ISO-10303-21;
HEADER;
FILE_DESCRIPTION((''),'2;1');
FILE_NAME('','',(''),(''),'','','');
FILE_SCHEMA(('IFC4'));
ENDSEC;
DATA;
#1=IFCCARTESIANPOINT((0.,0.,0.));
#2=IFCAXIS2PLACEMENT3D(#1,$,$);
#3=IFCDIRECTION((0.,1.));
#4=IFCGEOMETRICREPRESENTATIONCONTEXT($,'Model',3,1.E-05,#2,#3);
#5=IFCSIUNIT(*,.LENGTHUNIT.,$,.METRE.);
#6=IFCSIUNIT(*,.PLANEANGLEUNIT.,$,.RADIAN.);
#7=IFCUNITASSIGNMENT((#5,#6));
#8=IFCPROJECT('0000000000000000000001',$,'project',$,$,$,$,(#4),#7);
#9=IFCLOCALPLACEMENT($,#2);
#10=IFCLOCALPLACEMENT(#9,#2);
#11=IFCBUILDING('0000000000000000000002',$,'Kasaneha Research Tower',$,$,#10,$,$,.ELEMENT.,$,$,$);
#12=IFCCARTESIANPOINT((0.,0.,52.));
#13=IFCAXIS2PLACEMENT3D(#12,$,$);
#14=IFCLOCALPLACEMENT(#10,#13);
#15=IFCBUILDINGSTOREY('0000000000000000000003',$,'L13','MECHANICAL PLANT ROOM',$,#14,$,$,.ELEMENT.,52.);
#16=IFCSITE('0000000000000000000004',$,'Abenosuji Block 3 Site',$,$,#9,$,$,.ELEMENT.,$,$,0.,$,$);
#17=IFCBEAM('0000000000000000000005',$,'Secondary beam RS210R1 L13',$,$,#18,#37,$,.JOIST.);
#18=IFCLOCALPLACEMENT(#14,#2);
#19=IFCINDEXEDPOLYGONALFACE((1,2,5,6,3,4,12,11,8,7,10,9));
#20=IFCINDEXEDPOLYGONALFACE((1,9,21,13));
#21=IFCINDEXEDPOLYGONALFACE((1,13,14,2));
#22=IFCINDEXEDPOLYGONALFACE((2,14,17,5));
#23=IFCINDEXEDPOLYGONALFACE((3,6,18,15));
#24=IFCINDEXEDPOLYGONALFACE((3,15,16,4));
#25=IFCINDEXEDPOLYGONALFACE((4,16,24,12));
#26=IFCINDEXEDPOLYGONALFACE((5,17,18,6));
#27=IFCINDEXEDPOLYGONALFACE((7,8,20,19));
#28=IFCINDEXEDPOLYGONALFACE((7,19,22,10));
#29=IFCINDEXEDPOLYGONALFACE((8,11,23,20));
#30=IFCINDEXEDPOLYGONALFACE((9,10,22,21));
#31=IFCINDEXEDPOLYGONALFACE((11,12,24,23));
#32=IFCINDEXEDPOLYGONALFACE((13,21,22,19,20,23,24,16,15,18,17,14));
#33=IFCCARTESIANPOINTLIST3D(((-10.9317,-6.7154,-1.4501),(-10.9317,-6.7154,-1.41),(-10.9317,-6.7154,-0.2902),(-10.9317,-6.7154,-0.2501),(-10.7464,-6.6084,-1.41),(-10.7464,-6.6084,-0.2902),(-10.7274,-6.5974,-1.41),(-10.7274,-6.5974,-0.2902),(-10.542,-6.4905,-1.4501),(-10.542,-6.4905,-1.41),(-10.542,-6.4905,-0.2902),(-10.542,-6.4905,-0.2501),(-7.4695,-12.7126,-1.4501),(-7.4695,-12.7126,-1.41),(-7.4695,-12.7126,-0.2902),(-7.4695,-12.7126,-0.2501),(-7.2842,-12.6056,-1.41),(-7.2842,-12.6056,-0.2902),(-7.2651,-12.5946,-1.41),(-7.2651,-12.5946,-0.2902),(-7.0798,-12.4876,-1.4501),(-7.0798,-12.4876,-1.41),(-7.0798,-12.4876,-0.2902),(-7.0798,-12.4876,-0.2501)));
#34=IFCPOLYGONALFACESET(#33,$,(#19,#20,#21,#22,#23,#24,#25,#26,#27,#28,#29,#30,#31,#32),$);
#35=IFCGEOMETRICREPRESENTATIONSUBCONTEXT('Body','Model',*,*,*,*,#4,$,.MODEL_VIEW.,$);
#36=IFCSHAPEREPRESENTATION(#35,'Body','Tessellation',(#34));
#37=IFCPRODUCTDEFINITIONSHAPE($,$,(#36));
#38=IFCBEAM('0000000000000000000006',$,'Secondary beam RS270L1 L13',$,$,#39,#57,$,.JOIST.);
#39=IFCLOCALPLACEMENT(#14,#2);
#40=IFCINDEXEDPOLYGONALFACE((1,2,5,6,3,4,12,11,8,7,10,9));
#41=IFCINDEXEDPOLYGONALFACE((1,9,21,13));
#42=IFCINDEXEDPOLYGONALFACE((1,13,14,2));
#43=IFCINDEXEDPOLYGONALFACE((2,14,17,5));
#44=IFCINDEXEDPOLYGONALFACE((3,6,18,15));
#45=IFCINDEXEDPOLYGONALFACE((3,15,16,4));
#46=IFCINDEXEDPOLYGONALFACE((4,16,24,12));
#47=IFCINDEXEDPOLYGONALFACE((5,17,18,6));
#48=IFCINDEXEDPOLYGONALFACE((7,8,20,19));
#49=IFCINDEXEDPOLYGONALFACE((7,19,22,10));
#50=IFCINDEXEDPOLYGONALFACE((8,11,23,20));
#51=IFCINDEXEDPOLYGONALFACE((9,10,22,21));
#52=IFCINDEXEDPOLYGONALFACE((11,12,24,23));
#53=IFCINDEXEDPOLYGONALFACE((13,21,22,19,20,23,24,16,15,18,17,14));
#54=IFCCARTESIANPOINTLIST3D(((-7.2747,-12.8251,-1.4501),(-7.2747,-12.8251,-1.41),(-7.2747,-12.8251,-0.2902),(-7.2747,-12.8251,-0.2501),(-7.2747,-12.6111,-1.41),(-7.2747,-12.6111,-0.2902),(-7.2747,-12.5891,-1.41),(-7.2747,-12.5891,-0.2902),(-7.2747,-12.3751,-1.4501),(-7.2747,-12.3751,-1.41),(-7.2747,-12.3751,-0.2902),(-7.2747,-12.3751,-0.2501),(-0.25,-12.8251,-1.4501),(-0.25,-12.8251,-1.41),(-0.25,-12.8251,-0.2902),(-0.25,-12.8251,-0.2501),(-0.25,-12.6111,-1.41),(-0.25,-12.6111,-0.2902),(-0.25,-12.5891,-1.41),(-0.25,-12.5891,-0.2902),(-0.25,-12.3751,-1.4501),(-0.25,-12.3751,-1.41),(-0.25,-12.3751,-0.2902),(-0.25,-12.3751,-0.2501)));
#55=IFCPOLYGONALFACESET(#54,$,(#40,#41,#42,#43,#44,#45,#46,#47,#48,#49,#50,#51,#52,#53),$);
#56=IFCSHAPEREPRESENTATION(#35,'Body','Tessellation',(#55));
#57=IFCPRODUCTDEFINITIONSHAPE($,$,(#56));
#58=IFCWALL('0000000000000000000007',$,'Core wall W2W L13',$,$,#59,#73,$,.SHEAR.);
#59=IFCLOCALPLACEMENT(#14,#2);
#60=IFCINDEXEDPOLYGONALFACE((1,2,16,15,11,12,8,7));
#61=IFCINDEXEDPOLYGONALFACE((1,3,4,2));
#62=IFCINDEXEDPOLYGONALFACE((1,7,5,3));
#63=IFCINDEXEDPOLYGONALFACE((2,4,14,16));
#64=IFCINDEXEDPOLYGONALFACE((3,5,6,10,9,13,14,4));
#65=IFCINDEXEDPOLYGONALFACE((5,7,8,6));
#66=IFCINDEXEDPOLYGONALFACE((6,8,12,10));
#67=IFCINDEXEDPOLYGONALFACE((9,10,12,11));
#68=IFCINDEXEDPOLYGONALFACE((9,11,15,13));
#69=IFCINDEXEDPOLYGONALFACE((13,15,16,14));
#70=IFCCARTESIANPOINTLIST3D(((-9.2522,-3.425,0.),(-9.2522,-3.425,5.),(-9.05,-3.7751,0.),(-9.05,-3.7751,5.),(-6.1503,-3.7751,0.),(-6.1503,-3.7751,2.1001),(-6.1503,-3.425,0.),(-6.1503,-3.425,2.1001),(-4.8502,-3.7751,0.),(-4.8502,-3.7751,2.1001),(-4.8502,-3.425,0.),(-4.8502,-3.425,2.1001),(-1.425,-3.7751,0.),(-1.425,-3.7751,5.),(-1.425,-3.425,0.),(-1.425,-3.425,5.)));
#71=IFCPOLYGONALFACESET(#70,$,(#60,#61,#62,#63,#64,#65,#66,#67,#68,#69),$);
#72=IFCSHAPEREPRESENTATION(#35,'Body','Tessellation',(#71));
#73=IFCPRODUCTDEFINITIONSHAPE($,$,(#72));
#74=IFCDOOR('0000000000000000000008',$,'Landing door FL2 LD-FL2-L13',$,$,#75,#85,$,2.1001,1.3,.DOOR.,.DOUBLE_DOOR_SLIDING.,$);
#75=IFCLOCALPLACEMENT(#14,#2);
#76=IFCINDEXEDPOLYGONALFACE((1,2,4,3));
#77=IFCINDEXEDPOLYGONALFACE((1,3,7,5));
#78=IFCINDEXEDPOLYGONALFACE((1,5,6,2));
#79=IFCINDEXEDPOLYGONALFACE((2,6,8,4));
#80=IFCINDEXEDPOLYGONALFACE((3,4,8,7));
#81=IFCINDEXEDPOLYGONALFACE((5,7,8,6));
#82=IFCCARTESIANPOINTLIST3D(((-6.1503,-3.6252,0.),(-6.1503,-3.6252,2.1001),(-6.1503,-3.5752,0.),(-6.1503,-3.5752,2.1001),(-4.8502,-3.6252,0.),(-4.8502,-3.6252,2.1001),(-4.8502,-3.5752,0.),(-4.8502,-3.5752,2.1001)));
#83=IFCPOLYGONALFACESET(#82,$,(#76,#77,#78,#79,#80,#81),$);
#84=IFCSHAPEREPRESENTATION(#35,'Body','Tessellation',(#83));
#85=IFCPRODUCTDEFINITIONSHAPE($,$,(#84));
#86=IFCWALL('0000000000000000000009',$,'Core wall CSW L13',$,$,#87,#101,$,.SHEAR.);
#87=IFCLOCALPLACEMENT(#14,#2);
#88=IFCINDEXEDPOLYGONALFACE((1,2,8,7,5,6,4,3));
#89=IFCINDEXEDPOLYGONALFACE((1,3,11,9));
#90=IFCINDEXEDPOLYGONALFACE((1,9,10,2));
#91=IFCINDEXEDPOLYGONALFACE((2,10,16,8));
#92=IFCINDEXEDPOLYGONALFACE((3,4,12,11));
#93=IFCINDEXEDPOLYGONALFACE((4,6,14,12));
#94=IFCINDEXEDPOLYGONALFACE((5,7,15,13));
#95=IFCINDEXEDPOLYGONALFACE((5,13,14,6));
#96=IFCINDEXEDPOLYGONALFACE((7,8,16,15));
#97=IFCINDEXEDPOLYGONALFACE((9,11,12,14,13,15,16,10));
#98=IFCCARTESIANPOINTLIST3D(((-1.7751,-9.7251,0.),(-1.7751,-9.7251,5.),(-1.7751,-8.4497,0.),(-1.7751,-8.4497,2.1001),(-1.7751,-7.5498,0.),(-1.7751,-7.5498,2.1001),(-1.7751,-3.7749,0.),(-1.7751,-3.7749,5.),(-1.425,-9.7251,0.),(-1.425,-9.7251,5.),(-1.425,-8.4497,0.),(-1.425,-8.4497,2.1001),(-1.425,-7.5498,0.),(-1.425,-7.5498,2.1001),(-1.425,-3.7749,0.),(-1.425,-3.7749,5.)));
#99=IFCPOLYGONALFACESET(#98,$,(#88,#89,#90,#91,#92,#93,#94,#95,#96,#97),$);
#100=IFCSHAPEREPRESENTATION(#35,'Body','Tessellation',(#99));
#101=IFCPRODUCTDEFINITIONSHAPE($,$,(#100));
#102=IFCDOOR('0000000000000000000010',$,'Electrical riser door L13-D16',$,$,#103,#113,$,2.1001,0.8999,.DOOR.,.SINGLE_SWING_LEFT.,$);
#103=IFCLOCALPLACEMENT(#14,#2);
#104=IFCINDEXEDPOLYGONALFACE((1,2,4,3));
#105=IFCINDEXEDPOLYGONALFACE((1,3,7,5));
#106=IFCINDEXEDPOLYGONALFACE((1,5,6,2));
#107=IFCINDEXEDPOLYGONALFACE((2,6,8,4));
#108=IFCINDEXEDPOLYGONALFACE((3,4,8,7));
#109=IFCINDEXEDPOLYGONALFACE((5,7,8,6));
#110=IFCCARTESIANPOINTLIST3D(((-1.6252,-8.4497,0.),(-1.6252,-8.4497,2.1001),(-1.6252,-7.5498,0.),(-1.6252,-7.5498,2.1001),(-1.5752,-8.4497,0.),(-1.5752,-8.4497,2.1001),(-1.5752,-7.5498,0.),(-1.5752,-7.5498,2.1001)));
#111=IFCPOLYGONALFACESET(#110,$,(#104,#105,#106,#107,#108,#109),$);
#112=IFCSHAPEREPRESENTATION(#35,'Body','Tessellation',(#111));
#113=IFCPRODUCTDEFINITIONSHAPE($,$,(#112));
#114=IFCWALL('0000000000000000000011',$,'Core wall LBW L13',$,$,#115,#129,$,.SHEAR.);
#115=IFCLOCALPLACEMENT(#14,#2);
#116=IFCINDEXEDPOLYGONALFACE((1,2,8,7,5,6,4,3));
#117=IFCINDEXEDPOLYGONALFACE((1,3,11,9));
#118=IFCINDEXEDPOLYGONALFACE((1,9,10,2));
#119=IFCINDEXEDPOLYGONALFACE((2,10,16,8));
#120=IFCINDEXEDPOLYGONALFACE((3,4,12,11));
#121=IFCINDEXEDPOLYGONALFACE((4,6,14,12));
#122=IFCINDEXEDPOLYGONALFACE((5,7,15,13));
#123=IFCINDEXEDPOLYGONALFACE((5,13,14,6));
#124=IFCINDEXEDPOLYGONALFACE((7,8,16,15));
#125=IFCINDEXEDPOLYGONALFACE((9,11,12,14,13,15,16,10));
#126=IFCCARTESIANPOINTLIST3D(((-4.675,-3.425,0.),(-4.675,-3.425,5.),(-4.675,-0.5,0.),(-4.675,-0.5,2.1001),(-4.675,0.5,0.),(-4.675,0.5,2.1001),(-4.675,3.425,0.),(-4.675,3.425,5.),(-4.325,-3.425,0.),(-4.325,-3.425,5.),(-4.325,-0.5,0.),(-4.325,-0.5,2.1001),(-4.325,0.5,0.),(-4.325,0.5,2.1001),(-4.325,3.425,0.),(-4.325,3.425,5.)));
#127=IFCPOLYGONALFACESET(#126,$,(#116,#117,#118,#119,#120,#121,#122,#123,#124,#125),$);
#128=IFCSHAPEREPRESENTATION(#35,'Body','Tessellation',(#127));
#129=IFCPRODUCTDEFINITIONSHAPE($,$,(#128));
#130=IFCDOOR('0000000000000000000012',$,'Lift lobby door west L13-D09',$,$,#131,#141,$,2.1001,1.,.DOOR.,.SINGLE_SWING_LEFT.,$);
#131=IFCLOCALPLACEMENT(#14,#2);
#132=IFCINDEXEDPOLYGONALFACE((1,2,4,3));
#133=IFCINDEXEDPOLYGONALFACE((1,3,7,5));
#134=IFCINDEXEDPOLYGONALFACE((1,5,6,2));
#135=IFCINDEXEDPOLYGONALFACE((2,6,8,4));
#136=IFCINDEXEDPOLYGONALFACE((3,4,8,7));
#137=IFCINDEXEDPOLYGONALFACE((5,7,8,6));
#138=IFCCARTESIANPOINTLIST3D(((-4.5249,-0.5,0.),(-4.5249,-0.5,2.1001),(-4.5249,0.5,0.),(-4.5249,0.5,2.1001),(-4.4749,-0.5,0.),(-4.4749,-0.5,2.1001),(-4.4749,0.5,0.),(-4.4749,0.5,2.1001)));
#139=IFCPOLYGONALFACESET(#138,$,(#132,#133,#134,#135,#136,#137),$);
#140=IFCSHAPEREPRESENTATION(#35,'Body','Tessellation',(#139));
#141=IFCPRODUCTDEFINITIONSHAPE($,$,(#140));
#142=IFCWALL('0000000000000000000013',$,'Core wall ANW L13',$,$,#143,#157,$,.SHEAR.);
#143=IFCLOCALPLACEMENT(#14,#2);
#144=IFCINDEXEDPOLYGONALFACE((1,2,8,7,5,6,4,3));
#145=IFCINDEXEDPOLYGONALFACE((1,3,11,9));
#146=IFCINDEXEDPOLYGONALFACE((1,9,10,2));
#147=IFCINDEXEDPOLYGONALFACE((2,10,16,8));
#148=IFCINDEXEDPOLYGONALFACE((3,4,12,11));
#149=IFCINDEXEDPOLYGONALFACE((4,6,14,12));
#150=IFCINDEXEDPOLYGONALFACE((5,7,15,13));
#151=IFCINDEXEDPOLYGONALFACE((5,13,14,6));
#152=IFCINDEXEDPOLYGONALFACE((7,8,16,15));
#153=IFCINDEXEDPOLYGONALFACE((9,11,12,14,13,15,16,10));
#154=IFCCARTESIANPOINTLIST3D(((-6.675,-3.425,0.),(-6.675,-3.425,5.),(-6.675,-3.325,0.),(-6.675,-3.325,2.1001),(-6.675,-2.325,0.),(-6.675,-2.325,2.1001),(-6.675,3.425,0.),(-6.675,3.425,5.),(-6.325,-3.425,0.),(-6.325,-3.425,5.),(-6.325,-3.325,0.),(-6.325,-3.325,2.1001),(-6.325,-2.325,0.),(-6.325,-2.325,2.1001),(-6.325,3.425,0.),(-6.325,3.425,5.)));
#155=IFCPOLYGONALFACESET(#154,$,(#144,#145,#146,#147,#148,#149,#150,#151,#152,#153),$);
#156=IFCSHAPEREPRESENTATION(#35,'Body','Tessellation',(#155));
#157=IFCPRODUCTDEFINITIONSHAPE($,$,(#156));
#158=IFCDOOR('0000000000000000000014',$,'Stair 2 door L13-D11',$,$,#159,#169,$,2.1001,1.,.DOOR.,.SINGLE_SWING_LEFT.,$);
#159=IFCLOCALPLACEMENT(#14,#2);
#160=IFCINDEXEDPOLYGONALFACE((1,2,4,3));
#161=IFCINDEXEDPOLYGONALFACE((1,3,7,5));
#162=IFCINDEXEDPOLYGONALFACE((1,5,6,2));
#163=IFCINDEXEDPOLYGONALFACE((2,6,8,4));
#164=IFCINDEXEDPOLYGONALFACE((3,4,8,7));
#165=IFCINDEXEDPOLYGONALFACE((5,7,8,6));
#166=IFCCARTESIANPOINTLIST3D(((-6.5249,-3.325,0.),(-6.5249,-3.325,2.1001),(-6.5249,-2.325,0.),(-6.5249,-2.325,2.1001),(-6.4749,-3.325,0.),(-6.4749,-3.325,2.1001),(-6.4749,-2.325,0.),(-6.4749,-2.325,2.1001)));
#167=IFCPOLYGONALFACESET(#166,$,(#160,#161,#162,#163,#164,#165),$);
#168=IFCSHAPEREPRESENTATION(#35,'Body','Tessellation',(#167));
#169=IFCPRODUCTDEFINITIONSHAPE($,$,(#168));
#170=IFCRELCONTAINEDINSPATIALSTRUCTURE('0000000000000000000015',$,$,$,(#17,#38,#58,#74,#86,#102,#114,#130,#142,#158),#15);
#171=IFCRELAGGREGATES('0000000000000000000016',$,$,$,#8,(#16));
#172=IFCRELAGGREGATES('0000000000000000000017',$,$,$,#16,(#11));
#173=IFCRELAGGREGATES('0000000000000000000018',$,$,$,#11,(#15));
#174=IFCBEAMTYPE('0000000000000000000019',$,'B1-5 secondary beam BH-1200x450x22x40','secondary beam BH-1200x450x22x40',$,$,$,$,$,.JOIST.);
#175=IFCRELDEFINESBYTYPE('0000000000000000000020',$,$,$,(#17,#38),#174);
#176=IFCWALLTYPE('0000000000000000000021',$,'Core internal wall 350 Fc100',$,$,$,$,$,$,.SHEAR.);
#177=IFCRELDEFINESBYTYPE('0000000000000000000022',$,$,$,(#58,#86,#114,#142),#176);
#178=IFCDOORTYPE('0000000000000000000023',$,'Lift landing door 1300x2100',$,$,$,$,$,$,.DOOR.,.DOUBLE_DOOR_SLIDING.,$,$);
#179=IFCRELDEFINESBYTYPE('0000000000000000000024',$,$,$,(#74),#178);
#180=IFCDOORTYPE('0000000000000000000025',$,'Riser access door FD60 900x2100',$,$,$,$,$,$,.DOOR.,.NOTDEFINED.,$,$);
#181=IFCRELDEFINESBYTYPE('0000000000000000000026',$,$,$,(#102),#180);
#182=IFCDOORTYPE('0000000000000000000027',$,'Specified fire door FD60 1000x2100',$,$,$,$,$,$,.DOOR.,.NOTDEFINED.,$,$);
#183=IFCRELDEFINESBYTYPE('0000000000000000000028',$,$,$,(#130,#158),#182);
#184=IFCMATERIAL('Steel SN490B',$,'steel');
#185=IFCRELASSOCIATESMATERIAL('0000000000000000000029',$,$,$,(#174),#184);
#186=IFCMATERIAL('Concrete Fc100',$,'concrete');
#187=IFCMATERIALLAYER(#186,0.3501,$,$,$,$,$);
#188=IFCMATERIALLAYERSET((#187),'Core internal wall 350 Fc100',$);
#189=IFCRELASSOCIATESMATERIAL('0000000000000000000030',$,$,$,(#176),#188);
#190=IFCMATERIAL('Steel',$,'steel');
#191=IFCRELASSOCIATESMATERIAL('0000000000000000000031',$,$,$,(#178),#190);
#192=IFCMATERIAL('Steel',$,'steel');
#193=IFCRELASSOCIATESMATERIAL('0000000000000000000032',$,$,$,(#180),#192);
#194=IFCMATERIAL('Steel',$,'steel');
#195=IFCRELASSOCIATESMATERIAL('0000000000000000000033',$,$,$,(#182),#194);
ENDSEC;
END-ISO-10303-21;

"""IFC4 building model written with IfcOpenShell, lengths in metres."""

from ifc_helpers import new_model, si_unit, direction, frame, frame_2d, origin, origin_2d, place, context, subcontext, project, spatial, polyline, rectangle, i_section, outline, extrude, material, layer, layer_set, material_profile, profile_set, type_object, element, fill, save


model = new_model("IFC4")

# Units and contexts
model_context = context("Model", 3, precision=1e-05, world=origin(), true_north=direction((0.0, 1.0)))
body_context = subcontext(model_context, "Body", "Model", "MODEL_VIEW")
ifc_project = project(units=[si_unit("LENGTHUNIT", "METRE"), si_unit("PLANEANGLEUNIT", "RADIAN")], contexts=[model_context])

# Site, building, storey
site_placement = place(None, origin())
site = spatial("IfcSite", under=ifc_project, at=site_placement, Name="Abenosuji Block 3 Site", CompositionType="ELEMENT", RefElevation=0.0)
building_placement = place(site_placement, origin())
building = spatial("IfcBuilding", under=site, at=building_placement, Name="Kasaneha Research Tower", CompositionType="ELEMENT")
storey_placement = place(building_placement, frame((0.0, 0.0, 52.0)))
storey = spatial("IfcBuildingStorey", under=building, at=storey_placement, Name="L13", Description="MECHANICAL PLANT ROOM", CompositionType="ELEMENT", Elevation=52.0)

# Beams
ifc_material_1 = material(Name="Steel SN490B", Category="steel")
ifc_material_profile = material_profile(ifc_material_1, i_section(OverallWidth=0.45, OverallDepth=1.2, WebThickness=0.022, FlangeThickness=0.04, at=origin_2d()), Name="BH-1200x450x22x40")
ifc_profile_set = profile_set([ifc_material_profile], Name="Steel SN490B")
beam_type = type_object("IfcBeamType", Name="B1-5 secondary beam BH-1200x450x22x40", Description="secondary beam BH-1200x450x22x40", PredefinedType="JOIST", material=ifc_profile_set)
beam_1_placement = place(storey_placement, frame((-7.2747, -12.6001, -0.8501), z_axis=(-0.499973, 0.866041, 0.0), x_axis=(-0.866041, -0.499973, 0.0)))
element("IfcBeam", 1, at=beam_1_placement, inside=storey, type_object=beam_type, Name="Secondary beam RS210R1 L13", PredefinedType="JOIST", context=body_context, shape_type="SweptSolid", body=[
    extrude(i_section(OverallWidth=0.45, OverallDepth=1.2, WebThickness=0.022, FlangeThickness=0.04, at=origin_2d()), origin(), (0.0, 0.0, 1.0), 6.9248),
])
beam_2_placement = place(storey_placement, frame((-7.2747, -12.6001, -0.8501), z_axis=(1.0, 0.0, 0.0), x_axis=(0.0, 1.0, 0.0)))
element("IfcBeam", 2, at=beam_2_placement, inside=storey, type_object=beam_type, Name="Secondary beam RS270L1 L13", PredefinedType="JOIST", context=body_context, shape_type="SweptSolid", body=[
    extrude(i_section(OverallWidth=0.45, OverallDepth=1.2, WebThickness=0.022, FlangeThickness=0.04, at=origin_2d()), origin(), (0.0, 0.0, 1.0), 7.0247),
])

# Walls, openings, doors
ifc_material_2 = material(Name="Concrete Fc100", Category="concrete")
ifc_layer_1 = layer(ifc_material_2, 0.3501)
ifc_layer_set_1 = layer_set([ifc_layer_1], Name="Core internal wall 350 Fc100")
wall_type_1 = type_object("IfcWallType", Name="Core internal wall 350 Fc100", PredefinedType="SHEAR", material=ifc_layer_set_1)
wall_1_placement = place(storey_placement, frame((-9.1511, -3.6001, 0.0), z_axis=(0.0, 0.0, 1.0), x_axis=(1.0, 0.0, 0.0)))
wall_1 = element("IfcWall", 3, at=wall_1_placement, inside=storey, type_object=wall_type_1, Name="Core wall W2W L13", PredefinedType="SHEAR", context=body_context, shape_type="SweptSolid", body=[
    extrude(outline(polyline([(0.1011, -0.175), (3.001, -0.175), (4.301, -0.175), (7.7261, -0.175), (7.7261, 0.175), (4.301, 0.175), (3.001, 0.175), (-0.1011, 0.175), (0.1011, -0.175)])), origin(), (0.0, 0.0, 1.0), 5.0),
])
opening_1_placement = place(wall_1_placement, frame((3.001, 0.0, 0.0)))
opening_1 = element("IfcOpeningElement", 4, at=opening_1_placement, cuts=wall_1, PredefinedType="OPENING", context=body_context, shape_type="SweptSolid", body=[
    extrude(rectangle(XDim=1.3, YDim=2.1001, at=frame_2d((0.6499, 1.05))), frame((0.0, 0.1851, 0.0), z_axis=(0.0, -1.0, 0.0), x_axis=(1.0, 0.0, 0.0)), (0.0, 0.0, 1.0), 0.3701),
])
ifc_material_3 = material(Name="Steel", Category="steel")
door_type_1 = type_object("IfcDoorType", Name="Lift landing door 1300x2100", OperationType="DOUBLE_DOOR_SLIDING", PredefinedType="DOOR", material=ifc_material_3)
door_1_placement = place(opening_1_placement, origin())
door_1 = element("IfcDoor", 5, at=door_1_placement, inside=storey, type_object=door_type_1, Name="Landing door FL2 LD-FL2-L13", OperationType="DOUBLE_DOOR_SLIDING", OverallHeight=2.1001, OverallWidth=1.3, PredefinedType="DOOR", context=body_context, shape_type="SweptSolid", body=[
    extrude(rectangle(XDim=1.3, YDim=2.1001, at=frame_2d((0.6499, 1.05))), frame((0.0, 0.0249, 0.0), z_axis=(0.0, -1.0, 0.0), x_axis=(1.0, 0.0, 0.0)), (0.0, 0.0, 1.0), 0.05),
])
fill(opening_1, door_1)
wall_2_placement = place(storey_placement, frame((-1.6001, -3.7749, 0.0), z_axis=(0.0, 0.0, 1.0), x_axis=(0.0, -1.0, 0.0)))
wall_2 = element("IfcWall", 6, at=wall_2_placement, inside=storey, type_object=wall_type_1, Name="Core wall CSW L13", PredefinedType="SHEAR", context=body_context, shape_type="SweptSolid", body=[
    extrude(rectangle(XDim=5.9502, YDim=0.3501, at=frame_2d((2.9751, 0.0))), origin(), (0.0, 0.0, 1.0), 5.0),
])
opening_2_placement = place(wall_2_placement, frame((3.7749, 0.0, 0.0)))
opening_2 = element("IfcOpeningElement", 7, at=opening_2_placement, cuts=wall_2, PredefinedType="OPENING", context=body_context, shape_type="SweptSolid", body=[
    extrude(rectangle(XDim=0.8999, YDim=2.1001, at=frame_2d((0.45, 1.05))), frame((0.0, 0.1851, 0.0), z_axis=(0.0, -1.0, 0.0), x_axis=(1.0, 0.0, 0.0)), (0.0, 0.0, 1.0), 0.3701),
])
ifc_material_4 = material(Name="Steel", Category="steel")
door_type_2 = type_object("IfcDoorType", Name="Riser access door FD60 900x2100", OperationType="NOTDEFINED", PredefinedType="DOOR", material=ifc_material_4)
door_2_placement = place(opening_2_placement, origin())
door_2 = element("IfcDoor", 8, at=door_2_placement, inside=storey, type_object=door_type_2, Name="Electrical riser door L13-D16", OperationType="SINGLE_SWING_LEFT", OverallHeight=2.1001, OverallWidth=0.8999, PredefinedType="DOOR", context=body_context, shape_type="SweptSolid", body=[
    extrude(rectangle(XDim=0.8999, YDim=2.1001, at=frame_2d((0.45, 1.05))), frame((0.0, 0.0249, 0.0), z_axis=(0.0, -1.0, 0.0), x_axis=(1.0, 0.0, 0.0)), (0.0, 0.0, 1.0), 0.05),
])
fill(opening_2, door_2)
wall_3_placement = place(storey_placement, frame((-4.5, -3.425, 0.0), z_axis=(0.0, 0.0, 1.0), x_axis=(0.0, 1.0, 0.0)))
wall_3 = element("IfcWall", 9, at=wall_3_placement, inside=storey, type_object=wall_type_1, Name="Core wall LBW L13", PredefinedType="SHEAR", context=body_context, shape_type="SweptSolid", body=[
    extrude(rectangle(XDim=6.8501, YDim=0.3501, at=frame_2d((3.425, 0.0))), origin(), (0.0, 0.0, 1.0), 5.0),
])
opening_3_placement = place(wall_3_placement, frame((2.925, 0.0, 0.0)))
opening_3 = element("IfcOpeningElement", 10, at=opening_3_placement, cuts=wall_3, PredefinedType="OPENING", context=body_context, shape_type="SweptSolid", body=[
    extrude(rectangle(XDim=1.0, YDim=2.1001, at=frame_2d((0.5, 1.05))), frame((0.0, 0.1851, 0.0), z_axis=(0.0, -1.0, 0.0), x_axis=(1.0, 0.0, 0.0)), (0.0, 0.0, 1.0), 0.3701),
])
ifc_material_5 = material(Name="Steel", Category="steel")
door_type_3 = type_object("IfcDoorType", Name="Specified fire door FD60 1000x2100", OperationType="NOTDEFINED", PredefinedType="DOOR", material=ifc_material_5)
door_3_placement = place(opening_3_placement, origin())
door_3 = element("IfcDoor", 11, at=door_3_placement, inside=storey, type_object=door_type_3, Name="Lift lobby door west L13-D09", OperationType="SINGLE_SWING_LEFT", OverallHeight=2.1001, OverallWidth=1.0, PredefinedType="DOOR", context=body_context, shape_type="SweptSolid", body=[
    extrude(rectangle(XDim=1.0, YDim=2.1001, at=frame_2d((0.5, 1.05))), frame((0.0, 0.0249, 0.0), z_axis=(0.0, -1.0, 0.0), x_axis=(1.0, 0.0, 0.0)), (0.0, 0.0, 1.0), 0.05),
])
fill(opening_3, door_3)
wall_4_placement = place(storey_placement, frame((-6.5, -3.425, 0.0), z_axis=(0.0, 0.0, 1.0), x_axis=(0.0, 1.0, 0.0)))
wall_4 = element("IfcWall", 12, at=wall_4_placement, inside=storey, type_object=wall_type_1, Name="Core wall ANW L13", PredefinedType="SHEAR", context=body_context, shape_type="SweptSolid", body=[
    extrude(rectangle(XDim=6.8501, YDim=0.3501, at=frame_2d((3.425, 0.0))), origin(), (0.0, 0.0, 1.0), 5.0),
])
opening_4_placement = place(wall_4_placement, frame((0.1001, 0.0, 0.0)))
opening_4 = element("IfcOpeningElement", 13, at=opening_4_placement, cuts=wall_4, PredefinedType="OPENING", context=body_context, shape_type="SweptSolid", body=[
    extrude(rectangle(XDim=1.0, YDim=2.1001, at=frame_2d((0.5, 1.05))), frame((0.0, 0.1851, 0.0), z_axis=(0.0, -1.0, 0.0), x_axis=(1.0, 0.0, 0.0)), (0.0, 0.0, 1.0), 0.3701),
])
door_4_placement = place(opening_4_placement, origin())
door_4 = element("IfcDoor", 14, at=door_4_placement, inside=storey, type_object=door_type_3, Name="Stair 2 door L13-D11", OperationType="SINGLE_SWING_LEFT", OverallHeight=2.1001, OverallWidth=1.0, PredefinedType="DOOR", context=body_context, shape_type="SweptSolid", body=[
    extrude(rectangle(XDim=1.0, YDim=2.1001, at=frame_2d((0.5, 1.05))), frame((0.0, 0.0249, 0.0), z_axis=(0.0, -1.0, 0.0), x_axis=(1.0, 0.0, 0.0)), (0.0, 0.0, 1.0), 0.05),
])
fill(opening_4, door_4)

save(model, "model.ifc")
